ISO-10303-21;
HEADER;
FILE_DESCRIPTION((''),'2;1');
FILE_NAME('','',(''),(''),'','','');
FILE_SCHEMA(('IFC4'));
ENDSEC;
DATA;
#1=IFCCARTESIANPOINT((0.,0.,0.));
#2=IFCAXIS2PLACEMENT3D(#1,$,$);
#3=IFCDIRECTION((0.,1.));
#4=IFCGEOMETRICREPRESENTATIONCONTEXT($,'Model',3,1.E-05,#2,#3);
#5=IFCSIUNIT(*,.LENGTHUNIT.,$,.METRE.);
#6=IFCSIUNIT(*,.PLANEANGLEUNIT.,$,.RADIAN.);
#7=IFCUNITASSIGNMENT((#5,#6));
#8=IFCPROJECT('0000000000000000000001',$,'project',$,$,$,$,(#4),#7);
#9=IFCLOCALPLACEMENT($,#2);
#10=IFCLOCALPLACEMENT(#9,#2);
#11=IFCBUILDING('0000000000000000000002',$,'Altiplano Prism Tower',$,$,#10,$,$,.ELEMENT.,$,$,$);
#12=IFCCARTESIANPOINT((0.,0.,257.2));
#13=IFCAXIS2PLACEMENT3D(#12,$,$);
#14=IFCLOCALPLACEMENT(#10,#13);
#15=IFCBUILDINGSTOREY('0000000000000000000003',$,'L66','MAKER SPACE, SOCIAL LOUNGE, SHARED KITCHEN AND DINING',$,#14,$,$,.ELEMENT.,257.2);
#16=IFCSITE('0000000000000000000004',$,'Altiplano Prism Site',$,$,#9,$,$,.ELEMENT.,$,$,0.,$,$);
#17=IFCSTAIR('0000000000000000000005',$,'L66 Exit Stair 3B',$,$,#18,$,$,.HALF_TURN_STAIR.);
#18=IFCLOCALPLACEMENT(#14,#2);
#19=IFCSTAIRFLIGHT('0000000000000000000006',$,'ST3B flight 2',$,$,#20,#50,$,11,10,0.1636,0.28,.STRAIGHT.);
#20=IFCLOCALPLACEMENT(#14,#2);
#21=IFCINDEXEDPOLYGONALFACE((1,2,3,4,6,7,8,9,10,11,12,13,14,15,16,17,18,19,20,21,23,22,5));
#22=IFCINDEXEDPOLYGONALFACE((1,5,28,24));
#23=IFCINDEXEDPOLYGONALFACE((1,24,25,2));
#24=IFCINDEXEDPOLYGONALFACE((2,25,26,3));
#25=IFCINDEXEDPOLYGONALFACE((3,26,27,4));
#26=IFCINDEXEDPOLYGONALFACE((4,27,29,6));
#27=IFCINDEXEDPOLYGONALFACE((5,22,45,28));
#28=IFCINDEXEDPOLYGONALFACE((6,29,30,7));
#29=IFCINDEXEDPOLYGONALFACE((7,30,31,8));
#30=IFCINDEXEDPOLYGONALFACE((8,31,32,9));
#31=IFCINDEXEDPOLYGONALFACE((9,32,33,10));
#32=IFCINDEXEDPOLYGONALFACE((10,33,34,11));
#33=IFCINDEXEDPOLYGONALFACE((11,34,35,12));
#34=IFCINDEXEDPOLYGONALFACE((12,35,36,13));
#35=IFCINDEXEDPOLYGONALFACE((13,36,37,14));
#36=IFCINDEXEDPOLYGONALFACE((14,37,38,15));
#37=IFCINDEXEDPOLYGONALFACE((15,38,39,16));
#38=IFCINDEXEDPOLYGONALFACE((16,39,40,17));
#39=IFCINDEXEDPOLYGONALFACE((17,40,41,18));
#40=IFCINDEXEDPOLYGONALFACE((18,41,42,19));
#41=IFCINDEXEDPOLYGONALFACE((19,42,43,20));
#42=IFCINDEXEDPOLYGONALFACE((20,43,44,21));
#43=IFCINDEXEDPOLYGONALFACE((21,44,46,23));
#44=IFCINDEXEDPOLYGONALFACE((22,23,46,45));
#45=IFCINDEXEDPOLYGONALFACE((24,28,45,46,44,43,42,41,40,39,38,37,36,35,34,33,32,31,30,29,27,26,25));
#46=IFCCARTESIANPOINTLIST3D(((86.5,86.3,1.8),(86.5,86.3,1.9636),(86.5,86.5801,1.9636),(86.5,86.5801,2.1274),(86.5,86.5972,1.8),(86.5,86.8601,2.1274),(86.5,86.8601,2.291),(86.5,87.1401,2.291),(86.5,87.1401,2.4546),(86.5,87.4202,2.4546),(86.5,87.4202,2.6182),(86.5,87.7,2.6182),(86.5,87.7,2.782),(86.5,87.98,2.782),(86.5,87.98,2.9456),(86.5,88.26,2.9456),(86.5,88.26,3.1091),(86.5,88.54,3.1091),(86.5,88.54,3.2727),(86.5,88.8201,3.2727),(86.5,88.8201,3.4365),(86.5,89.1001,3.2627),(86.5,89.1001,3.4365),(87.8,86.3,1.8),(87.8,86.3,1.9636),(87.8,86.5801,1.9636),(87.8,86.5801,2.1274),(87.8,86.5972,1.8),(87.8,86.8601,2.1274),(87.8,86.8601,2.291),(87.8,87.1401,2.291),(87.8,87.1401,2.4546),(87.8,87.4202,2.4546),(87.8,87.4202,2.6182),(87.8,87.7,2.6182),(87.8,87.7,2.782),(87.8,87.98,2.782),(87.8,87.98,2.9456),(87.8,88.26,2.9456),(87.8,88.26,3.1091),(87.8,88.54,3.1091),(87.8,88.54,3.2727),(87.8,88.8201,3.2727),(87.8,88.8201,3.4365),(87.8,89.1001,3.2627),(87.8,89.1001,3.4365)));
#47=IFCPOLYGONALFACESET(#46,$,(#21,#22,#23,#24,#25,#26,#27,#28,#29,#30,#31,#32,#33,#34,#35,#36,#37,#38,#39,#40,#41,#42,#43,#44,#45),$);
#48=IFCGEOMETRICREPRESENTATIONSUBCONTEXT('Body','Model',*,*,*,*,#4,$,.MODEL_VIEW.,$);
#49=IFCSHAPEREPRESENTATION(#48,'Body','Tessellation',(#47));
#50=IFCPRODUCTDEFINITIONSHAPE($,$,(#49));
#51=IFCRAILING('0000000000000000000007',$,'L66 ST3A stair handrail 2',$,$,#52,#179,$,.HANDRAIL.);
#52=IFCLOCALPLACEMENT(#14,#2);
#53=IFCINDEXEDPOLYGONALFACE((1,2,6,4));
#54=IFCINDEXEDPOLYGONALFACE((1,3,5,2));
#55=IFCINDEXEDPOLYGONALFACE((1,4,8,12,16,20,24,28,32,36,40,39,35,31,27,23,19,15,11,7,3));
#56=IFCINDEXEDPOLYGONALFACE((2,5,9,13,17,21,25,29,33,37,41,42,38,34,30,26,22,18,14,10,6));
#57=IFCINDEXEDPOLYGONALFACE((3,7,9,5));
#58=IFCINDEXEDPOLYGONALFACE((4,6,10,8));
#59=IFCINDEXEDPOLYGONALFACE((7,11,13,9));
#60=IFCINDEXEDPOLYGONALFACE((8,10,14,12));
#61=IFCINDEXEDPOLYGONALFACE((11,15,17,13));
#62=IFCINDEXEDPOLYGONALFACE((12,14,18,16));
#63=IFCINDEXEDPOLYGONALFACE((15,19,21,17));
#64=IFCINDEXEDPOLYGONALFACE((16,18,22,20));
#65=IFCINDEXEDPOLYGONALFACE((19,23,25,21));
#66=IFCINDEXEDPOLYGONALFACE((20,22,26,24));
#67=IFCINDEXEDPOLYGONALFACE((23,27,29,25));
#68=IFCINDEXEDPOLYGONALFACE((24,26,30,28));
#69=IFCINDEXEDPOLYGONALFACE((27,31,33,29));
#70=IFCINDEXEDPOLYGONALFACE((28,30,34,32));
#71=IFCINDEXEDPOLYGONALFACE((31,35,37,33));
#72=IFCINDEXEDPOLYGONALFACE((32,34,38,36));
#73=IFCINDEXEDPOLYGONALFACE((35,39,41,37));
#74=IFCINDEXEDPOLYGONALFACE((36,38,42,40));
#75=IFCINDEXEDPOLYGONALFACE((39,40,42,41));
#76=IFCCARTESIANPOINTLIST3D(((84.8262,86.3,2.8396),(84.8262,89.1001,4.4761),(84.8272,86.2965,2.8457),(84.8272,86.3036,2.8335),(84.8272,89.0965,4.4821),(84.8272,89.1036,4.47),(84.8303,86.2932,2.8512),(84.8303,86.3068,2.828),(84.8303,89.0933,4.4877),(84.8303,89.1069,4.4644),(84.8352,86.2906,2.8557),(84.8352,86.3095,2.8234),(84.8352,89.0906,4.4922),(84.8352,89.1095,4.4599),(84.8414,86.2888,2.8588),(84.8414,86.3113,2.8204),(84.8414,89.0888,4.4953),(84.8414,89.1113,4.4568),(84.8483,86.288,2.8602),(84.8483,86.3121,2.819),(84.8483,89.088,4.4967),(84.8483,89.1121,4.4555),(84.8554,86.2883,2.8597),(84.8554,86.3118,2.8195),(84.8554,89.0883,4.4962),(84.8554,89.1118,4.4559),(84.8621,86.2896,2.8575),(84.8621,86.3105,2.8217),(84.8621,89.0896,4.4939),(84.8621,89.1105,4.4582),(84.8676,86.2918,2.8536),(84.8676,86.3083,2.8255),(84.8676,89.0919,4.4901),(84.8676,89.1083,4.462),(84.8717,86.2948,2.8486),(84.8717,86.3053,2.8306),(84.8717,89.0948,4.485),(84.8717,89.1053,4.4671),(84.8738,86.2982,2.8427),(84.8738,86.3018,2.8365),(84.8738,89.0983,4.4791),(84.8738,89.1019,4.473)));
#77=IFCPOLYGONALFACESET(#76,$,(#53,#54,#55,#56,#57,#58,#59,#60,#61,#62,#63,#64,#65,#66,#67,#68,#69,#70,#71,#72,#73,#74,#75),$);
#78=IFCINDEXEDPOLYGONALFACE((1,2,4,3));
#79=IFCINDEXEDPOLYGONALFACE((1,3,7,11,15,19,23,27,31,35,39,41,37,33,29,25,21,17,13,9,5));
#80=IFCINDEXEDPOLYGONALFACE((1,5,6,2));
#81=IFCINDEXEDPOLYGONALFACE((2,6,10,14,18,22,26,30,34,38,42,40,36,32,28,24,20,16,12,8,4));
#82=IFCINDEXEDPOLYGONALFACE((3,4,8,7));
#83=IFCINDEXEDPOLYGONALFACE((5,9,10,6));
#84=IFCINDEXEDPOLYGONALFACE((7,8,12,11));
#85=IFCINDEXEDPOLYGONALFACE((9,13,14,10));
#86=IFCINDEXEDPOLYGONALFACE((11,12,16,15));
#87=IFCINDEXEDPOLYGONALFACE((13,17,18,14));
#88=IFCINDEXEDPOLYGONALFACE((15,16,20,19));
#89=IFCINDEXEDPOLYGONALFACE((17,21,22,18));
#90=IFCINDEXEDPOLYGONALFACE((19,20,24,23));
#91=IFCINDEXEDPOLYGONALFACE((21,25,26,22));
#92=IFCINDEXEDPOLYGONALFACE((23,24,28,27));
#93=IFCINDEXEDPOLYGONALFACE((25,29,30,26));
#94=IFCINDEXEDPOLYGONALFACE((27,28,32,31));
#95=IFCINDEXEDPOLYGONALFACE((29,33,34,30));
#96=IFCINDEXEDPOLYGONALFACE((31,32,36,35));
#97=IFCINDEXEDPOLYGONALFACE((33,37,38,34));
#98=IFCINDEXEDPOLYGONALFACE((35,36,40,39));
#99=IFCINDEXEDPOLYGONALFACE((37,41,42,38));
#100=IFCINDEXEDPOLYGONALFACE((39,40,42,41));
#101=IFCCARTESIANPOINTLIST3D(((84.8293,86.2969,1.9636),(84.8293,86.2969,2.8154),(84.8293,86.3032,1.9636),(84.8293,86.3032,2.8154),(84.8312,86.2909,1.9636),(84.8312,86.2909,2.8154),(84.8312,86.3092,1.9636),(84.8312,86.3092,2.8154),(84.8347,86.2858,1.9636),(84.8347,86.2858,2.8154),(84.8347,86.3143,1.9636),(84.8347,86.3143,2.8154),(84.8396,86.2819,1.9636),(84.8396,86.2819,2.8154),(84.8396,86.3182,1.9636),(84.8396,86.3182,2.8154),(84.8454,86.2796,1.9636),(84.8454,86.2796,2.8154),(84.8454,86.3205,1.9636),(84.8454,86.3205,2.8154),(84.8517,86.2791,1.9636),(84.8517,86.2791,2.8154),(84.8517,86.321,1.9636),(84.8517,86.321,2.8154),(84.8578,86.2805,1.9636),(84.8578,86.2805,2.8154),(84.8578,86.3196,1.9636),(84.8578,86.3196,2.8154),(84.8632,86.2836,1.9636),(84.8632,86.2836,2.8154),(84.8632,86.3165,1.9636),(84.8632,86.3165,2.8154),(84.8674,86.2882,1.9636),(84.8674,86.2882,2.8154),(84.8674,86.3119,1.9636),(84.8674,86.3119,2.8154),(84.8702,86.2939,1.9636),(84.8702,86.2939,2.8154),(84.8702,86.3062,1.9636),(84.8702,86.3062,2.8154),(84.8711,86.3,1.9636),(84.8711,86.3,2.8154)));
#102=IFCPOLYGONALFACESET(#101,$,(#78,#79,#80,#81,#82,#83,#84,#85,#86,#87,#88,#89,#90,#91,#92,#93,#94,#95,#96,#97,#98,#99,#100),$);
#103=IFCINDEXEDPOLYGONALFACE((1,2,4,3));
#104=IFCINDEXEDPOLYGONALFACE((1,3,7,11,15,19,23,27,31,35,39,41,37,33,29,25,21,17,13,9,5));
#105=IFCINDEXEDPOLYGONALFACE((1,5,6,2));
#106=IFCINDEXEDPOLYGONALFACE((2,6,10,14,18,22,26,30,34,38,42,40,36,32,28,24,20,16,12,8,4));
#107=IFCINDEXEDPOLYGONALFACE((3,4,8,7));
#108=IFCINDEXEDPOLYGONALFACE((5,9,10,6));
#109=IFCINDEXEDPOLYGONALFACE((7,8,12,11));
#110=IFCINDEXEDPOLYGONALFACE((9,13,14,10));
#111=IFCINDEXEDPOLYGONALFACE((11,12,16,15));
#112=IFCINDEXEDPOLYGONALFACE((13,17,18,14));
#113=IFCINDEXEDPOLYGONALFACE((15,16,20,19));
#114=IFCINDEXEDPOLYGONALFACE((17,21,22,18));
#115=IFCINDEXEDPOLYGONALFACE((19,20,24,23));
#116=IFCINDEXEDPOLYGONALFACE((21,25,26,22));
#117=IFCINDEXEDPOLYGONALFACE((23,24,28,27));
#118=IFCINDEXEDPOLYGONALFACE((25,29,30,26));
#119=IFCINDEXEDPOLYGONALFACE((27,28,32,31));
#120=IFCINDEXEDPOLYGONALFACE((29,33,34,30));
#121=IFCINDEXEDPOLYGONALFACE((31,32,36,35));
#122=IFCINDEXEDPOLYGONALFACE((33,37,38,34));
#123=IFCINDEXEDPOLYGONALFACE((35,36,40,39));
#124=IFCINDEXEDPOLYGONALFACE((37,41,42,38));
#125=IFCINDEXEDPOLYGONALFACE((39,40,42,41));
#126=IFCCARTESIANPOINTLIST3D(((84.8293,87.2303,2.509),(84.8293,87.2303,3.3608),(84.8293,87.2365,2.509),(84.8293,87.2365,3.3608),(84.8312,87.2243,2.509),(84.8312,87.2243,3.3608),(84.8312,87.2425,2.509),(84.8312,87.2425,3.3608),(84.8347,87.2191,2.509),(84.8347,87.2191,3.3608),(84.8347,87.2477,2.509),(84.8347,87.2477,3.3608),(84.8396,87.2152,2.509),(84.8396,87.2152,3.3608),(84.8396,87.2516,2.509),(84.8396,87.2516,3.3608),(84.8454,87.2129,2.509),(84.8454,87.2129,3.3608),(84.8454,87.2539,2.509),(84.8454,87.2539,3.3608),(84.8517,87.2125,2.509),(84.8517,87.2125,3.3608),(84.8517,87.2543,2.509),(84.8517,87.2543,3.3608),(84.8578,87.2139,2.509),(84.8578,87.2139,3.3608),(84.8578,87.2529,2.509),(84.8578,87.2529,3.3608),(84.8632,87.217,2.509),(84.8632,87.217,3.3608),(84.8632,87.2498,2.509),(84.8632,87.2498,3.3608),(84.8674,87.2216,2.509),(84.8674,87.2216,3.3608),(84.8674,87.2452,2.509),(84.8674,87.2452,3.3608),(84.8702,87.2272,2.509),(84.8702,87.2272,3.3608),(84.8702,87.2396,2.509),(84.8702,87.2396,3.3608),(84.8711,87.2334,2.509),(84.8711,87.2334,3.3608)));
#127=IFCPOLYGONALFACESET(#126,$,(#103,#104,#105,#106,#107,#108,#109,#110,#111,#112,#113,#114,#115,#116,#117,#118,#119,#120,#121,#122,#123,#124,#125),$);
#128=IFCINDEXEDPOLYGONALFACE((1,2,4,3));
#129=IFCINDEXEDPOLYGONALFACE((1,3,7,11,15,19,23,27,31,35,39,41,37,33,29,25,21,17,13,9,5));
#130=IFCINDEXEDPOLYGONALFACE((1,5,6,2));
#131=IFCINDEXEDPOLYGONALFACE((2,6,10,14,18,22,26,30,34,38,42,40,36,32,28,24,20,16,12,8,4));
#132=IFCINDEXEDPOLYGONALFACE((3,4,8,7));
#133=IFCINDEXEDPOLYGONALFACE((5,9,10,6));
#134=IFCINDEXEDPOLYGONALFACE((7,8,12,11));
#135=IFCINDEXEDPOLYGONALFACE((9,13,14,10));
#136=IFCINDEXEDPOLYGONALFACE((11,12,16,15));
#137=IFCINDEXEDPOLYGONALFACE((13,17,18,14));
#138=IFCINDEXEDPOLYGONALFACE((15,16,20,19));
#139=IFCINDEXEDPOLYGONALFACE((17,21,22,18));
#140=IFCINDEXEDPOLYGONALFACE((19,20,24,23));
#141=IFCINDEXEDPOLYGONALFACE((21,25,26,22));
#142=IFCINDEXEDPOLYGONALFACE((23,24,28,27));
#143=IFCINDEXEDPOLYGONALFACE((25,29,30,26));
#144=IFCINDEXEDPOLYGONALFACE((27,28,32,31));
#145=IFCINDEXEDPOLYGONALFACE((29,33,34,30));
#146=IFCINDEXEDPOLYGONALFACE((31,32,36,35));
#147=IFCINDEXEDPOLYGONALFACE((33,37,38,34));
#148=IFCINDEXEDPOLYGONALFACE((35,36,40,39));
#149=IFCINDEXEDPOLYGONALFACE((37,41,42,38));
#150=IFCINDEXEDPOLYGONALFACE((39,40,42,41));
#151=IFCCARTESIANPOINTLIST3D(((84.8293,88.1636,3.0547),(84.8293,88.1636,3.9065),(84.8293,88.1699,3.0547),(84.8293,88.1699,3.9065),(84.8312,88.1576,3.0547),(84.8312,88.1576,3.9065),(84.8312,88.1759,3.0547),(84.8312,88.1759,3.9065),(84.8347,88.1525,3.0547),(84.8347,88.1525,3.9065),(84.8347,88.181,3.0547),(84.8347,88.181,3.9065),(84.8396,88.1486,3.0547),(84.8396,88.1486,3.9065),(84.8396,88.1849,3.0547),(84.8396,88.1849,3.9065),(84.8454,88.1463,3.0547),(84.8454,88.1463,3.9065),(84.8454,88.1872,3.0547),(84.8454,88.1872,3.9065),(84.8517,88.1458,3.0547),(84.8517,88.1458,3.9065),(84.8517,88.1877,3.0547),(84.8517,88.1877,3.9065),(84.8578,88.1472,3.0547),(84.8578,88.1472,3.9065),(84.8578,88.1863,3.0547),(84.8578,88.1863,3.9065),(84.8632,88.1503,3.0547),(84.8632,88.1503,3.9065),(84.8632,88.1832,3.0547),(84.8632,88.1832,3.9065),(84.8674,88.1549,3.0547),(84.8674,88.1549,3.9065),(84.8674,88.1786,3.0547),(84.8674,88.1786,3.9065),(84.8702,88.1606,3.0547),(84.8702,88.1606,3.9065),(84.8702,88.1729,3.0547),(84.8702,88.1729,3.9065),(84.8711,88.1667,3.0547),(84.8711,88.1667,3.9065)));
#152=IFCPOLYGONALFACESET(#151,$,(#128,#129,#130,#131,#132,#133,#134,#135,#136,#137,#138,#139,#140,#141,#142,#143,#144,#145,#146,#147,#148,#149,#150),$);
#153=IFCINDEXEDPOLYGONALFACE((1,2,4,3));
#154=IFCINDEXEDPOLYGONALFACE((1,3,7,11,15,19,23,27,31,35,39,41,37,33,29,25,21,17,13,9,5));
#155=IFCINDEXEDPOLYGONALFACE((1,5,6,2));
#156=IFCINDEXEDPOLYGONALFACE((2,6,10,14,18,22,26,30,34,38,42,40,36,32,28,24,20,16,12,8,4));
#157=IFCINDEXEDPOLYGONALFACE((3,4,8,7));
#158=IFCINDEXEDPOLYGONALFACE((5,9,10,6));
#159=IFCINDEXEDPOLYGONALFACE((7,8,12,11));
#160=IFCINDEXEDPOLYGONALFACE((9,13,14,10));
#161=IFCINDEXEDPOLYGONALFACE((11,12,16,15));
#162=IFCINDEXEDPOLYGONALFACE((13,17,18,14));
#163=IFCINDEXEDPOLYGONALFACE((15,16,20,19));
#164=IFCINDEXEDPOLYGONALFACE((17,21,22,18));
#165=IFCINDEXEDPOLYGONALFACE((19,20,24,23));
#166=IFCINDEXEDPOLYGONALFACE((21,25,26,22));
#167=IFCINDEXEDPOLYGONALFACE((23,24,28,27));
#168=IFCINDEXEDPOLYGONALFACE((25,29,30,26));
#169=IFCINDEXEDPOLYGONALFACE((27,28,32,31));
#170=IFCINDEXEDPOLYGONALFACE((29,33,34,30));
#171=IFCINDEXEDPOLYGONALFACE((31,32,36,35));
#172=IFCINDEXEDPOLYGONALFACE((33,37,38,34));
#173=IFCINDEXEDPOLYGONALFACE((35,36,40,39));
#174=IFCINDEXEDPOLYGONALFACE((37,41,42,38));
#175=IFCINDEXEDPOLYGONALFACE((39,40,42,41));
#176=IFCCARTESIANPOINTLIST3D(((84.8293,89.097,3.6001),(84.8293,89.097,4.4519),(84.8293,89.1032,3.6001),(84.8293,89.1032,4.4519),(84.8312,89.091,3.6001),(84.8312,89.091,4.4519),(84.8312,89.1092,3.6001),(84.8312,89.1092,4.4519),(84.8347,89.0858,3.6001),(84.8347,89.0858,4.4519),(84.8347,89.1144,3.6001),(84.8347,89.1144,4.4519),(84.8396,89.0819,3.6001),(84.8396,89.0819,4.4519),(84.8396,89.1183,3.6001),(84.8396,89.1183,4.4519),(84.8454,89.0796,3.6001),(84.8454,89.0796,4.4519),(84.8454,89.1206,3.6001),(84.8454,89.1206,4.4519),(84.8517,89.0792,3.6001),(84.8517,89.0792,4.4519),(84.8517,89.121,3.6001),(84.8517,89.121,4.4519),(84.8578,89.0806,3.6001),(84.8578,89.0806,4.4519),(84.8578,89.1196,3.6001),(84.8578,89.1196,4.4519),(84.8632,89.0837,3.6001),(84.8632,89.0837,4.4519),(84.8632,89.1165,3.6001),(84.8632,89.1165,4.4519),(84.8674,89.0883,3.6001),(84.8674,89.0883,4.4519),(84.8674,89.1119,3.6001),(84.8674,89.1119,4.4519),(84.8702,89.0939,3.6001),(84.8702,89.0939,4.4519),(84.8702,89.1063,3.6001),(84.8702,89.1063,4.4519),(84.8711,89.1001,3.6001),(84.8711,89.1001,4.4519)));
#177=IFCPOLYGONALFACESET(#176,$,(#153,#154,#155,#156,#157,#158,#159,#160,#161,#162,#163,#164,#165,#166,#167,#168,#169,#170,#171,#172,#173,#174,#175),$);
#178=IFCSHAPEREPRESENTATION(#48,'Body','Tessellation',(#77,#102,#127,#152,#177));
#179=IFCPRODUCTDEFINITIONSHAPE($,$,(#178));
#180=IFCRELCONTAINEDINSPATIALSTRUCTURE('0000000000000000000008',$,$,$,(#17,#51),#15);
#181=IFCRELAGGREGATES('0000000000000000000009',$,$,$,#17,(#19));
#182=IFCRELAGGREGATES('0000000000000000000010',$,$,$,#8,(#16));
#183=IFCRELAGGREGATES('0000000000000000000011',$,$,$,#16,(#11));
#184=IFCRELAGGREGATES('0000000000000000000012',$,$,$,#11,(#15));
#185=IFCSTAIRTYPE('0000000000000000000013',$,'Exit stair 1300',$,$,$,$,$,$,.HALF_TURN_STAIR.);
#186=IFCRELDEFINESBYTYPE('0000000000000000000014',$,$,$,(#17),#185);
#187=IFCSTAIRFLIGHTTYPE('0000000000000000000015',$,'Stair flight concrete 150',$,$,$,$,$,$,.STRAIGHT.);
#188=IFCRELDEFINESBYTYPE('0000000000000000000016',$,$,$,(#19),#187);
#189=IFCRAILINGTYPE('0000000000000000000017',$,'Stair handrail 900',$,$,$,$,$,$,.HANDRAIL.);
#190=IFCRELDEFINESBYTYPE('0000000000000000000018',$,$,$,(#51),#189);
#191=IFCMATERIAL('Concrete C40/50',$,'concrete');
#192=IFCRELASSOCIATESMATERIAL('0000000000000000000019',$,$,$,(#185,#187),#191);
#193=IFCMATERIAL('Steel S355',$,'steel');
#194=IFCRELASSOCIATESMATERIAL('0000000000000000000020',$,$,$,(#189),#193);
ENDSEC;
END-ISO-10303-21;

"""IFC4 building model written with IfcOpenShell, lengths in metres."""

from ifc_helpers import new_model, si_unit, direction, frame, origin, origin_2d, place, context, subcontext, project, spatial, polyline, circle, outline, extrude, material, type_object, element, aggregate, save


model = new_model("IFC4")

# Units and contexts
model_context = context("Model", 3, precision=1e-05, world=origin(), true_north=direction((0.0, 1.0)))
body_context = subcontext(model_context, "Body", "Model", "MODEL_VIEW")
ifc_project = project(units=[si_unit("LENGTHUNIT", "METRE"), si_unit("PLANEANGLEUNIT", "RADIAN")], contexts=[model_context])

# Site, building, storey
site_placement = place(None, origin())
site = spatial("IfcSite", under=ifc_project, at=site_placement, Name="Altiplano Prism Site", CompositionType="ELEMENT", RefElevation=0.0)
building_placement = place(site_placement, origin())
building = spatial("IfcBuilding", under=site, at=building_placement, Name="Altiplano Prism Tower", CompositionType="ELEMENT")
storey_placement = place(building_placement, frame((0.0, 0.0, 257.2)))
storey = spatial("IfcBuildingStorey", under=building, at=storey_placement, Name="L66", Description="MAKER SPACE, SOCIAL LOUNGE, SHARED KITCHEN AND DINING", CompositionType="ELEMENT", Elevation=257.2)

# Shared definitions
ifc_material_1 = material(Name="Concrete C40/50", Category="concrete")
stair_type = type_object("IfcStairType", Name="Exit stair 1300", PredefinedType="HALF_TURN_STAIR", material=ifc_material_1)
stair_flight_type = type_object("IfcStairFlightType", Name="Stair flight concrete 150", PredefinedType="STRAIGHT", material=ifc_material_1)

# Stair, stair flight
stair_1_placement = place(storey_placement, origin())
stair_1 = element("IfcStair", 1, at=stair_1_placement, inside=storey, type_object=stair_type, Name="L66 Exit Stair 3B", PredefinedType="HALF_TURN_STAIR")
stair_flight_1_placement = place(storey_placement, frame((87.1499, 86.3, 1.8), z_axis=(0.0, 0.0, 1.0), x_axis=(0.0, 1.0, 0.0)))
stair_flight_1 = element("IfcStairFlight", 2, at=stair_flight_1_placement, type_object=stair_flight_type, Name="ST3B flight 2", NumberOfRisers=11, NumberOfTreads=10, PredefinedType="STRAIGHT", RiserHeight=0.1636, TreadLength=0.28, context=body_context, shape_type="SweptSolid", body=[
    extrude(outline(polyline([(0.0, 0.0), (0.0, 0.1636), (0.28, 0.1636), (0.28, 0.3274), (0.5601, 0.3274), (0.5601, 0.491), (0.8401, 0.491), (0.8401, 0.6545), (1.1201, 0.6545), (1.1201, 0.8181), (1.3999, 0.8181), (1.3999, 0.9819), (1.6799, 0.9819), (1.6799, 1.1455), (1.96, 1.1455), (1.96, 1.3091), (2.24, 1.3091), (2.24, 1.4727), (2.52, 1.4727), (2.52, 1.6365), (2.8, 1.6365), (2.8, 1.8), (2.8, 1.4626), (0.2971, 0.0), (0.0, 0.0)])), frame((0.0, 0.6499, 0.0), z_axis=(0.0, -1.0, 0.0), x_axis=(1.0, 0.0, 0.0)), (0.0, 0.0, 1.0), 1.3),
])
aggregate(stair_1, [stair_flight_1])

# Railing
ifc_material_2 = material(Name="Steel S355", Category="steel")
railing_type_1 = type_object("IfcRailingType", Name="Stair handrail 900", PredefinedType="HANDRAIL", material=ifc_material_2)
railing_1_placement = place(storey_placement, frame((84.8501, 86.3, 1.9636)))
element("IfcRailing", 3, at=railing_1_placement, inside=storey, type_object=railing_type_1, Name="L66 ST3A stair handrail 2", PredefinedType="HANDRAIL", context=body_context, shape_type="SweptSolid", body=[
    extrude(circle(Radius=0.0239, at=origin_2d()), frame((0.0, 0.0, 0.876), z_axis=(0.0, 0.863361, 0.504587), x_axis=(-1.0, 0.0, 0.0)), (0.0, 0.0, 1.0), 3.2432),
    extrude(circle(Radius=0.021, at=origin_2d()), origin(), (0.0, 0.0, 1.0), 0.8518),
    extrude(circle(Radius=0.021, at=origin_2d()), frame((0.0, 0.9333, 0.5454)), (0.0, 0.0, 1.0), 0.8518),
    extrude(circle(Radius=0.021, at=origin_2d()), frame((0.0, 1.8667, 1.0911)), (0.0, 0.0, 1.0), 0.8518),
    extrude(circle(Radius=0.021, at=origin_2d()), frame((0.0, 2.8, 1.6365)), (0.0, 0.0, 1.0), 0.8518),
])

save(model, "model.ifc")
